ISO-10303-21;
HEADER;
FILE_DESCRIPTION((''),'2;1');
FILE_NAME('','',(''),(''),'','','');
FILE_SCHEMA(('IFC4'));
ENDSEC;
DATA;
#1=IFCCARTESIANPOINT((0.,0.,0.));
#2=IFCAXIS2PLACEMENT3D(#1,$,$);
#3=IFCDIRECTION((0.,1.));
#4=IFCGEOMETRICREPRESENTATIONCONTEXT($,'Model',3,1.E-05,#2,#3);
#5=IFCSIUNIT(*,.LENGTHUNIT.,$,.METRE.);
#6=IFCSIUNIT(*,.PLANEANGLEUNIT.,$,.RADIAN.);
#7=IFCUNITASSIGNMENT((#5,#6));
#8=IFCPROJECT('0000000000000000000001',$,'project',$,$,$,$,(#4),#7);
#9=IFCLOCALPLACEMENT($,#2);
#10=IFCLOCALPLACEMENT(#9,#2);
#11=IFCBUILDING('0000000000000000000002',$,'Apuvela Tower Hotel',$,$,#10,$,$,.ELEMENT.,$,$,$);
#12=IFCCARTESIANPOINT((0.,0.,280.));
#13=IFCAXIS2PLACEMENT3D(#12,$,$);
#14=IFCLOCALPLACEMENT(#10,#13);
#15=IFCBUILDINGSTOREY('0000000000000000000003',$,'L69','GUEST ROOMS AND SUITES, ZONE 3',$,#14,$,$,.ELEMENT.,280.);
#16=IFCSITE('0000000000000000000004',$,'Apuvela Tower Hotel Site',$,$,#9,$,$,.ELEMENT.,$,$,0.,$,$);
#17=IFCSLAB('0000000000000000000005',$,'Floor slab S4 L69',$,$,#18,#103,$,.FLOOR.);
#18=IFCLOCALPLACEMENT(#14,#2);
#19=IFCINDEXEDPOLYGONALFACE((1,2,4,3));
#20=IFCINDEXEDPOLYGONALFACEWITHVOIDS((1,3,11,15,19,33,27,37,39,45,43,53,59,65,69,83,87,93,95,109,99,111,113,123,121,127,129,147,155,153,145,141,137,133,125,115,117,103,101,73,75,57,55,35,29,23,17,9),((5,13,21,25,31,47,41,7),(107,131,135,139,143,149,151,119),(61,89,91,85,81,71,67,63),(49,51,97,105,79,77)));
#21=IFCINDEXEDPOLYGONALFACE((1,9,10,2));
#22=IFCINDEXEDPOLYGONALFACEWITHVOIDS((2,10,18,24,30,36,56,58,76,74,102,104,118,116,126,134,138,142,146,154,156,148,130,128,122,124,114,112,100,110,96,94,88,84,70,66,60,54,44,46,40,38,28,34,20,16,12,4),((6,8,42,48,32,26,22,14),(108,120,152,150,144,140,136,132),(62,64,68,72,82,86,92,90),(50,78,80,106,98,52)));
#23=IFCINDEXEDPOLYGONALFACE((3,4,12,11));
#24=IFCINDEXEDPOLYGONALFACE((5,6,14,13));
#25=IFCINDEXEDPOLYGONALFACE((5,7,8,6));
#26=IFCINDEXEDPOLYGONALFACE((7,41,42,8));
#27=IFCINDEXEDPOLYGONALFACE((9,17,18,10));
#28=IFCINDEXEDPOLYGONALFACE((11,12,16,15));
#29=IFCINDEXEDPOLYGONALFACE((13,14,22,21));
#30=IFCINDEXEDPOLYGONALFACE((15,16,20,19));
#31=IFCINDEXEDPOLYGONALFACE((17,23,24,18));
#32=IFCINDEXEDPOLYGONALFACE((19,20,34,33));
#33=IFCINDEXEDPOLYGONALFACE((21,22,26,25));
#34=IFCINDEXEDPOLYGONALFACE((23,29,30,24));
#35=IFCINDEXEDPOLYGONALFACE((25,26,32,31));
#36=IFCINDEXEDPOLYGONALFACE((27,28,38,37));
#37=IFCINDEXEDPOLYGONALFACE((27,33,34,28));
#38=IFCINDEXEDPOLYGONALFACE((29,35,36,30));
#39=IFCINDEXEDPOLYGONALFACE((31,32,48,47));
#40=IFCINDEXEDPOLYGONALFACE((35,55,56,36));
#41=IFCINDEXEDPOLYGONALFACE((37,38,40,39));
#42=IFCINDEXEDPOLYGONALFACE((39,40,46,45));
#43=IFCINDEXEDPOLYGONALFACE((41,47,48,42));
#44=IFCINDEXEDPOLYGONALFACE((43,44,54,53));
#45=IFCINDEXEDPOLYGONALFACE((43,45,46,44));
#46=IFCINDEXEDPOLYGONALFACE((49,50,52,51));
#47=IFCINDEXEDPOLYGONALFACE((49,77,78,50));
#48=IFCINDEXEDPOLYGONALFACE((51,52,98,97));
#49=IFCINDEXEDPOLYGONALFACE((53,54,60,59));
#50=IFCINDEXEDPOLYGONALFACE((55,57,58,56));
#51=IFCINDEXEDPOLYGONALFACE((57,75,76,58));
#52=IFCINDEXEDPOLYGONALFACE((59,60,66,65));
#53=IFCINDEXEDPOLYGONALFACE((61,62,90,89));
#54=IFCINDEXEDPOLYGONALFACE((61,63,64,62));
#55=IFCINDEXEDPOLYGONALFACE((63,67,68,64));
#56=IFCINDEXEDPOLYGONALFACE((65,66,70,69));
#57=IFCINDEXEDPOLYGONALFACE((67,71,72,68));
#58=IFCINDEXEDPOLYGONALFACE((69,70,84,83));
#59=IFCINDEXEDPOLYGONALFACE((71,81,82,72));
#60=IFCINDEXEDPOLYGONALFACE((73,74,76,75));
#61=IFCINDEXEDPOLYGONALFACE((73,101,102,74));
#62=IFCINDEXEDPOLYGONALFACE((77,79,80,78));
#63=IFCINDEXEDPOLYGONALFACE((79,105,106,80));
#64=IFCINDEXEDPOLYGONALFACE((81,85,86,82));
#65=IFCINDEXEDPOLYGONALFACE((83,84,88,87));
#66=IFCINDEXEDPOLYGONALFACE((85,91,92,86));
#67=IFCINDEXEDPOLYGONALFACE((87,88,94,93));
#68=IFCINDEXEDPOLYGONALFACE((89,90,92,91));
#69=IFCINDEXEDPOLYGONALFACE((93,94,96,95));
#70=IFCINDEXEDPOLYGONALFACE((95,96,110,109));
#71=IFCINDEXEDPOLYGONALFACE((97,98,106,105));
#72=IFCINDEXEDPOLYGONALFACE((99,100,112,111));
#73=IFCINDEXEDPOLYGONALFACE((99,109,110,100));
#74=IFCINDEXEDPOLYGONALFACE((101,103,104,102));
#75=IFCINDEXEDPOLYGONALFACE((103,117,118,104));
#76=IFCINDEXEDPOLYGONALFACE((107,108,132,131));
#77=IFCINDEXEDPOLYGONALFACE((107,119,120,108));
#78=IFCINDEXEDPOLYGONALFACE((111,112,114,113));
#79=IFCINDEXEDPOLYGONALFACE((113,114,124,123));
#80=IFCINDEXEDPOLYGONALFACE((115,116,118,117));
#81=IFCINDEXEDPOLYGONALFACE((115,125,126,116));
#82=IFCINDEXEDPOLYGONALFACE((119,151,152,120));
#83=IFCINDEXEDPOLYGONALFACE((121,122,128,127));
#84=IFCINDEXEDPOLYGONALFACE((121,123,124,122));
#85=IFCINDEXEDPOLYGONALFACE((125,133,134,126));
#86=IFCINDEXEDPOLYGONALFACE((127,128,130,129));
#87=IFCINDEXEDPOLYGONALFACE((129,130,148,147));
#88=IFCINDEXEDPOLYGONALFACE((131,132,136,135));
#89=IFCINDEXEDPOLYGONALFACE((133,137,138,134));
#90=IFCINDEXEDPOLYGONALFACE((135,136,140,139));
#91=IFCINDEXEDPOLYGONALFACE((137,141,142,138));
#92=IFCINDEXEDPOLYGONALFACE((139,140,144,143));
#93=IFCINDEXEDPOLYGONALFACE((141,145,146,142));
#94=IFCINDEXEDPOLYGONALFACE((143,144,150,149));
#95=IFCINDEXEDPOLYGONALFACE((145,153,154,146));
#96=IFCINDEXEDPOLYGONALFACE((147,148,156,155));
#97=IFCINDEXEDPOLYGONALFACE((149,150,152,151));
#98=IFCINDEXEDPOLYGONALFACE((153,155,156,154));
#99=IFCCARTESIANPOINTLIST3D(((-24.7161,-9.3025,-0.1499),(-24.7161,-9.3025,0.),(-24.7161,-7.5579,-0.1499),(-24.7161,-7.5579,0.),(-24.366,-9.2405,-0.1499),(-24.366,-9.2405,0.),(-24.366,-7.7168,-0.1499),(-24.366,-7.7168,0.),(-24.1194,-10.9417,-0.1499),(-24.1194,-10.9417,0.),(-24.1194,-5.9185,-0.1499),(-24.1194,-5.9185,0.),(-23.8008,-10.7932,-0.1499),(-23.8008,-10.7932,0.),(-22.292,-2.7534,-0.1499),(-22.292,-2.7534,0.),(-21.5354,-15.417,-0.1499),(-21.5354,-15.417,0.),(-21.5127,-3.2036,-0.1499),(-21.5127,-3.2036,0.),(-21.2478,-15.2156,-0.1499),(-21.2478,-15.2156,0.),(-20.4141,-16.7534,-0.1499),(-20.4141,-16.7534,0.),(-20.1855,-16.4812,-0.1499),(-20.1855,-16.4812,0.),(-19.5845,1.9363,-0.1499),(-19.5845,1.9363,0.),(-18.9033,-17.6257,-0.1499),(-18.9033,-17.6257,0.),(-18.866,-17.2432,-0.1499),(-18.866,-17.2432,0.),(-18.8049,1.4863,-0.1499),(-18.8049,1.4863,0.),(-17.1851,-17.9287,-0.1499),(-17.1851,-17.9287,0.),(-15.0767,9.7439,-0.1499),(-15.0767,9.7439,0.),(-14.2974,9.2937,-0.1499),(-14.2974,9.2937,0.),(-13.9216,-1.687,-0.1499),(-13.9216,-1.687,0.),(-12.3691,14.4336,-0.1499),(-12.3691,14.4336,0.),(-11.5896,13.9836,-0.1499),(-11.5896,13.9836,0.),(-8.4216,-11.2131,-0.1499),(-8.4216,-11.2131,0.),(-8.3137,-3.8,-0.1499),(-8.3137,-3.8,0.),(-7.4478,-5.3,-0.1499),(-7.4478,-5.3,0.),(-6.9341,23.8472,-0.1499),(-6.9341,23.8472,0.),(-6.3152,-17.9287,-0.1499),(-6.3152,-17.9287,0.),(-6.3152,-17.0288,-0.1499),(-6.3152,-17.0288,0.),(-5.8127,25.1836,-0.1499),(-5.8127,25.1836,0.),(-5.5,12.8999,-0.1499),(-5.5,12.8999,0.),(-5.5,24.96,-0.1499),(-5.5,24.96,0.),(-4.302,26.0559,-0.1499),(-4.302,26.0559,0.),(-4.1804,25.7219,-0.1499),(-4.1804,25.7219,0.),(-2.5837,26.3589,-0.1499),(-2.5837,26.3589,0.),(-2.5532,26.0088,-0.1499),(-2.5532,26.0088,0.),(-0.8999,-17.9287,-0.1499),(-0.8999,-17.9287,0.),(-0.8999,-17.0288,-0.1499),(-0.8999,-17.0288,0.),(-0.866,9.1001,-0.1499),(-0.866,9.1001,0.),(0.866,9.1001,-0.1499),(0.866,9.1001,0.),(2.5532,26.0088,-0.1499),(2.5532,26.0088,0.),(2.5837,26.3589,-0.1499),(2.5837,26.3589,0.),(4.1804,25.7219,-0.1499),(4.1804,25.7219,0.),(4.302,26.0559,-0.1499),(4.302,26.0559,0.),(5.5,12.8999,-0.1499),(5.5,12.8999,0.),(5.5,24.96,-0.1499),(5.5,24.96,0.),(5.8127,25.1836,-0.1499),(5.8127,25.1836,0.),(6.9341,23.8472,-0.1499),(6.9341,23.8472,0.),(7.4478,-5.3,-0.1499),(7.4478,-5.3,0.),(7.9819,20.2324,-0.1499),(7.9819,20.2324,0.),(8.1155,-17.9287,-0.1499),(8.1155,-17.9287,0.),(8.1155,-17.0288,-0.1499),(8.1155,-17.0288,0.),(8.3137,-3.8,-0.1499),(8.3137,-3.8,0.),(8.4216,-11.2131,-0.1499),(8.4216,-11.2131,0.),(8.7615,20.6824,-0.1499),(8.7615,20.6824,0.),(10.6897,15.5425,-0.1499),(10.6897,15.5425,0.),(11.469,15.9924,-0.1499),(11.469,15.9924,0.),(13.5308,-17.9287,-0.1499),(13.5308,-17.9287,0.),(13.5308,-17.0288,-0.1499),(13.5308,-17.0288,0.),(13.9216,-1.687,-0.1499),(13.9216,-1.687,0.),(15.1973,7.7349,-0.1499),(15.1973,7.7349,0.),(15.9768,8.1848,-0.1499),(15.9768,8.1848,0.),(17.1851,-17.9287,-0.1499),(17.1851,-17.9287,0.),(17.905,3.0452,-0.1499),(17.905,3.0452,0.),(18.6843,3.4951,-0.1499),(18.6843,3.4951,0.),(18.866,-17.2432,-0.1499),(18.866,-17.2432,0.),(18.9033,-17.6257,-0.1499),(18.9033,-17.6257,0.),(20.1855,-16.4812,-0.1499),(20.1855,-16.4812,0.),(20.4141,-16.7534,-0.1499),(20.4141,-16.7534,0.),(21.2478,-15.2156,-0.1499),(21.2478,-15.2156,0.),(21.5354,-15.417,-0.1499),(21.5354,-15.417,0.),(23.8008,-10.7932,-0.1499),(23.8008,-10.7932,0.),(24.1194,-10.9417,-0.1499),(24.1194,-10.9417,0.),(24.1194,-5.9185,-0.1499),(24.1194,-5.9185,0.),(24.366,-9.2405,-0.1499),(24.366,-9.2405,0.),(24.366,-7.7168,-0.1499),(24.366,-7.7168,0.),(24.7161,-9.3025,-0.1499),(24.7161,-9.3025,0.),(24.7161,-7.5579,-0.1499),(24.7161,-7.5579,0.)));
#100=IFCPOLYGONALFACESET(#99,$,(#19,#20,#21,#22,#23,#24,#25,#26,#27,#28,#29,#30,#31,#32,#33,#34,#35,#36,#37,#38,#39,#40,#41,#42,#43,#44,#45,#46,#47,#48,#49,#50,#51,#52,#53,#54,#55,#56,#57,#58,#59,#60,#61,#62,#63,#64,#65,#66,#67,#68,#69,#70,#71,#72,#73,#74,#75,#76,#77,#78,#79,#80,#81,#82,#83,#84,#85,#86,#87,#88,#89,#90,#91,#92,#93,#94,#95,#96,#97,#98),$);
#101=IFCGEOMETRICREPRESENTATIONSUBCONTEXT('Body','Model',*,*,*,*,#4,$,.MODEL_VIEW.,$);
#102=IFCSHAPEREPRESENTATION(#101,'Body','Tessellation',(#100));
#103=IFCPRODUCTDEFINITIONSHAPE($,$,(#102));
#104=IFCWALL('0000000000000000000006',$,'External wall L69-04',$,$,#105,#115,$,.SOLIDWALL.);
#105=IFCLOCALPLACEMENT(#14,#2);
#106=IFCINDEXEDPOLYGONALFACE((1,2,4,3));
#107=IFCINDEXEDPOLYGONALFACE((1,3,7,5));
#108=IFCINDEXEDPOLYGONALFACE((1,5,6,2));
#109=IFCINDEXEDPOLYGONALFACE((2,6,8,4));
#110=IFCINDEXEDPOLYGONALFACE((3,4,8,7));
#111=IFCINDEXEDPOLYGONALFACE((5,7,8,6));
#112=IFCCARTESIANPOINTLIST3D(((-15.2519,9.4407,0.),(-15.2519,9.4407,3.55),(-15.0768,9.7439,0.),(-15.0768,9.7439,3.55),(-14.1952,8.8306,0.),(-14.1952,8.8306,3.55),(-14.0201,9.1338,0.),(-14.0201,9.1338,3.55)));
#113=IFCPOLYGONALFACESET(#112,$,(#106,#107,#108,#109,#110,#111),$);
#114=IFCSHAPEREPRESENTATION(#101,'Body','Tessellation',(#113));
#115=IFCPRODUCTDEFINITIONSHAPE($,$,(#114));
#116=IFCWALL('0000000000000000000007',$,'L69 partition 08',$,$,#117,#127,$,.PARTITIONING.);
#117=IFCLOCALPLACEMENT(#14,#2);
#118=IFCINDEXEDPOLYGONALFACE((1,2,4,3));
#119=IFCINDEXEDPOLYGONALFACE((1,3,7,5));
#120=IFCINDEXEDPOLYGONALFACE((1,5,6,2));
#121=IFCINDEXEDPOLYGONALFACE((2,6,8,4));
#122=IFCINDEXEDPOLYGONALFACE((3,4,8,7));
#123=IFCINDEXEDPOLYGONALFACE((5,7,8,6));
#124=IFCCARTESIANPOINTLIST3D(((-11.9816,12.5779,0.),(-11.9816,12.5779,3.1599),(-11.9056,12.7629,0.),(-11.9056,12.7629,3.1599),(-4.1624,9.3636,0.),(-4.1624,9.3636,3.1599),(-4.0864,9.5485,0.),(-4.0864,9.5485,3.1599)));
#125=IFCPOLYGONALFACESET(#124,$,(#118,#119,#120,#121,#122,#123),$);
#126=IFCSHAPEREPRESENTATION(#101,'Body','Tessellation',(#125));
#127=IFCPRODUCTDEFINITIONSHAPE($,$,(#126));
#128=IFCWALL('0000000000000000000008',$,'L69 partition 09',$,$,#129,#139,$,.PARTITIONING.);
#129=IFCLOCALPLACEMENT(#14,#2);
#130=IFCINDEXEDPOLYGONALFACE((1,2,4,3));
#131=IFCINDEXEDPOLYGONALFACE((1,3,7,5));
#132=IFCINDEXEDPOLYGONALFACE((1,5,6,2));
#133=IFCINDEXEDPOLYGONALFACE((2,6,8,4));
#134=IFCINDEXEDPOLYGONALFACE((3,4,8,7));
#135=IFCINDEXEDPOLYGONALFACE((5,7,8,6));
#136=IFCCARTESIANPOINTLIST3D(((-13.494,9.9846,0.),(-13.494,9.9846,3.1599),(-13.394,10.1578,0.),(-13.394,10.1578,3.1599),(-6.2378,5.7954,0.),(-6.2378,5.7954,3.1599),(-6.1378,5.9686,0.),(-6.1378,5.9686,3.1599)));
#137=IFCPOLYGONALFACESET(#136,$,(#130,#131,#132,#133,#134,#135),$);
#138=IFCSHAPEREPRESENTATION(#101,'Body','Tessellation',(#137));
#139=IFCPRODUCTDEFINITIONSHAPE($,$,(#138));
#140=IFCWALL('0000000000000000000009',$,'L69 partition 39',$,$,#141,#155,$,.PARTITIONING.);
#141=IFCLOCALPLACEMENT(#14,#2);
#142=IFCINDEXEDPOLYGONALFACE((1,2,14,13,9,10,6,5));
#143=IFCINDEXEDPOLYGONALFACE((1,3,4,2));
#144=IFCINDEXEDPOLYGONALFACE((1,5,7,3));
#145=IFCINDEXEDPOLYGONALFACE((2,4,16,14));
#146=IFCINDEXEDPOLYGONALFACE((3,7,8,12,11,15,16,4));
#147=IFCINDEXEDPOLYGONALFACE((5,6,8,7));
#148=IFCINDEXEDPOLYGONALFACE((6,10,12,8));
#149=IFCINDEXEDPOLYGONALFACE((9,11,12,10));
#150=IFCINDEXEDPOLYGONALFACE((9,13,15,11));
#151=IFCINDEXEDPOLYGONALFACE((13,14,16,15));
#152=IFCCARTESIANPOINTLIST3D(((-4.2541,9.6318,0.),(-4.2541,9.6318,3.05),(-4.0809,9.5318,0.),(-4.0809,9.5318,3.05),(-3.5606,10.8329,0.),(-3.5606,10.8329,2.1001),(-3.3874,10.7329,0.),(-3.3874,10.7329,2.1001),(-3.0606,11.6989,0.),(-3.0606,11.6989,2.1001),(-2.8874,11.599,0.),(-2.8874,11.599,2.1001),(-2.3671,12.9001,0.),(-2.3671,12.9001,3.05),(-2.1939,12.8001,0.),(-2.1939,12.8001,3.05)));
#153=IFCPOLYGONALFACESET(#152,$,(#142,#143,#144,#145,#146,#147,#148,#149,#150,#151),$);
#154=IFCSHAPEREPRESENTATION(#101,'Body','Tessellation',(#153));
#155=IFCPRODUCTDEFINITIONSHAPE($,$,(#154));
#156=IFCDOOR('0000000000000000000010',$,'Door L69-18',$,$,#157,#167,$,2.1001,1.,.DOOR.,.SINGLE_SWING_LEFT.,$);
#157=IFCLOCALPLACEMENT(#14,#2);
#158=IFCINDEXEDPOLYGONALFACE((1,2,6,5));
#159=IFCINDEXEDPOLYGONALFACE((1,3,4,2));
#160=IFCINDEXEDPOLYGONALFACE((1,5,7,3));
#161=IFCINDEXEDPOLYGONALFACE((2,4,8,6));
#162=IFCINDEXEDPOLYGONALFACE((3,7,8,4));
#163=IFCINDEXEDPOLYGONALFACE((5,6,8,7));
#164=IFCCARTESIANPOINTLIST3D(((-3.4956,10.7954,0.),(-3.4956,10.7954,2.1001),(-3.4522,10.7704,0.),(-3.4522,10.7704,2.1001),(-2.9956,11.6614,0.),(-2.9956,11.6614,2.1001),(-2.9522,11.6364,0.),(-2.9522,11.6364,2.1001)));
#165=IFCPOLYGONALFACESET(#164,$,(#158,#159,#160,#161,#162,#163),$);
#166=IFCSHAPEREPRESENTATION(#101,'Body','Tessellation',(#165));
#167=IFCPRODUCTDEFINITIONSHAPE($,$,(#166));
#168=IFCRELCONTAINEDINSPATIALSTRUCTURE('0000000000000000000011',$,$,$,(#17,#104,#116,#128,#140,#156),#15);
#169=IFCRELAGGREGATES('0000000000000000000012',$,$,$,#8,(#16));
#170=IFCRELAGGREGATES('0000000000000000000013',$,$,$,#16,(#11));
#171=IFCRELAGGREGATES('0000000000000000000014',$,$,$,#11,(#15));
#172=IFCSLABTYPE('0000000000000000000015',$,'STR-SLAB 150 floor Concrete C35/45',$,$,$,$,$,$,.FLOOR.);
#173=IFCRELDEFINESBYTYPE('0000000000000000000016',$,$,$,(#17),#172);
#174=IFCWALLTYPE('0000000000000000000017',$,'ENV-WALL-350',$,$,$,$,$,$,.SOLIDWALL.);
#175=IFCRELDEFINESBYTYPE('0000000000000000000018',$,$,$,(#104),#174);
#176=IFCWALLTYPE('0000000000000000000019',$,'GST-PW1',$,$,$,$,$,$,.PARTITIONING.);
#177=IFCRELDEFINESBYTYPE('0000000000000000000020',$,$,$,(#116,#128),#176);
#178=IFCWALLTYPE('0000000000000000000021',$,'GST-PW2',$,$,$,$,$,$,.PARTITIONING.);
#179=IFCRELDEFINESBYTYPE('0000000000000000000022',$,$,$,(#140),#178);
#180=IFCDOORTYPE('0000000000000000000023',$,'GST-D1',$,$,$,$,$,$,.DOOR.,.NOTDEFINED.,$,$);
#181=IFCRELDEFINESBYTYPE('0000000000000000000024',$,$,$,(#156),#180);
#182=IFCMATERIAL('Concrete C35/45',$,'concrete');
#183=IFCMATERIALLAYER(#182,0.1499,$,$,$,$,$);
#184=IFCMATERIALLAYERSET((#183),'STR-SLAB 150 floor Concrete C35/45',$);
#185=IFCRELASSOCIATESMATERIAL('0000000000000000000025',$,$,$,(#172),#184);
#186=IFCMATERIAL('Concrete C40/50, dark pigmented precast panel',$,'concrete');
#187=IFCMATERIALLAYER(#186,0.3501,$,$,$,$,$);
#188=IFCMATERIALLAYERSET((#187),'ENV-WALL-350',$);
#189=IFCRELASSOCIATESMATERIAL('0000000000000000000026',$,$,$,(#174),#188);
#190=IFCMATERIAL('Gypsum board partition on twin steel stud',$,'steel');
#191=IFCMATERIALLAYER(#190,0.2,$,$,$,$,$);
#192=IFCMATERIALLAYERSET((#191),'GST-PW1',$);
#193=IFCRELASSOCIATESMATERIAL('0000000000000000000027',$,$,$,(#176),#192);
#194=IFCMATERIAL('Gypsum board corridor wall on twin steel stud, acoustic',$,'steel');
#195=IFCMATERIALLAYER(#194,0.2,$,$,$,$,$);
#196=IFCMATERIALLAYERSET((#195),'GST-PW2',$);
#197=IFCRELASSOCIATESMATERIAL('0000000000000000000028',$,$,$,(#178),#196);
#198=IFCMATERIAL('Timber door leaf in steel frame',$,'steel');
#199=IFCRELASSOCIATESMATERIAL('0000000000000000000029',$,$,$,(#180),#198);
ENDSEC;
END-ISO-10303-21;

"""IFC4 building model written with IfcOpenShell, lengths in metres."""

from ifc_helpers import new_model, si_unit, direction, frame, frame_2d, origin, place, context, subcontext, project, spatial, polyline, rectangle, outline, extrude, material, layer, layer_set, type_object, element, fill, save


model = new_model("IFC4")

# Units and contexts
model_context = context("Model", 3, precision=1e-05, world=origin(), true_north=direction((0.0, 1.0)))
body_context = subcontext(model_context, "Body", "Model", "MODEL_VIEW")
ifc_project = project(units=[si_unit("LENGTHUNIT", "METRE"), si_unit("PLANEANGLEUNIT", "RADIAN")], contexts=[model_context])

# Site, building, storey
site_placement = place(None, origin())
site = spatial("IfcSite", under=ifc_project, at=site_placement, Name="Apuvela Tower Hotel Site", CompositionType="ELEMENT", RefElevation=0.0)
building_placement = place(site_placement, origin())
building = spatial("IfcBuilding", under=site, at=building_placement, Name="Apuvela Tower Hotel", CompositionType="ELEMENT")
storey_placement = place(building_placement, frame((0.0, 0.0, 280.0)))
storey = spatial("IfcBuildingStorey", under=building, at=storey_placement, Name="L69", Description="GUEST ROOMS AND SUITES, ZONE 3", CompositionType="ELEMENT", Elevation=280.0)

# Slab
ifc_material_1 = material(Name="Concrete C35/45", Category="concrete")
ifc_layer_1 = layer(ifc_material_1, 0.1499)
ifc_layer_set_1 = layer_set([ifc_layer_1], Name="STR-SLAB 150 floor Concrete C35/45")
slab_type_1 = type_object("IfcSlabType", Name="STR-SLAB 150 floor Concrete C35/45", PredefinedType="FLOOR", material=ifc_layer_set_1)
slab_1_placement = place(storey_placement, frame((0.0, 0.0, -0.1499)))
element("IfcSlab", 1, at=slab_1_placement, inside=storey, type_object=slab_type_1, Name="Floor slab S4 L69", PredefinedType="FLOOR", context=body_context, shape_type="SweptSolid", body=[
    extrude(outline(polyline([(-5.8127, 25.1836), (-4.302, 26.0559), (-2.5837, 26.3589), (2.5837, 26.3589), (4.302, 26.0559), (5.8127, 25.1836), (6.9341, 23.8472), (8.7615, 20.6824), (7.9819, 20.2324), (10.6897, 15.5425), (11.469, 15.9924), (15.9768, 8.1848), (15.1973, 7.7349), (17.905, 3.0452), (18.6843, 3.4951), (24.1194, -5.9185), (24.7161, -7.5579), (24.7161, -9.3025), (24.1194, -10.9417), (21.5354, -15.417), (20.4141, -16.7534), (18.9033, -17.6257), (17.1851, -17.9287), (13.5308, -17.9287), (13.5308, -17.0288), (8.1155, -17.0288), (8.1155, -17.9287), (-0.8999, -17.9287), (-0.8999, -17.0288), (-6.3152, -17.0288), (-6.3152, -17.9287), (-17.1851, -17.9287), (-18.9033, -17.6257), (-20.4141, -16.7534), (-21.5354, -15.417), (-24.1194, -10.9417), (-24.7161, -9.3025), (-24.7161, -7.5579), (-24.1194, -5.9185), (-22.292, -2.7534), (-21.5127, -3.2036), (-18.8049, 1.4863), (-19.5845, 1.9363), (-15.0767, 9.7439), (-14.2974, 9.2937), (-11.5896, 13.9836), (-12.3691, 14.4336), (-6.9341, 23.8472), (-5.8127, 25.1836)]), holes=[polyline([(0.866, 9.1001), (-0.866, 9.1001), (-8.3137, -3.8), (-7.4478, -5.3), (7.4478, -5.3), (8.3137, -3.8), (0.866, 9.1001)]), polyline([(-5.5, 12.8999), (-5.5, 24.96), (-4.1804, 25.7219), (-2.5532, 26.0088), (2.5532, 26.0088), (4.1804, 25.7219), (5.5, 24.96), (5.5, 12.8999), (-5.5, 12.8999)]), polyline([(-8.4216, -11.2131), (-18.866, -17.2432), (-20.1855, -16.4812), (-21.2478, -15.2156), (-23.8008, -10.7932), (-24.366, -9.2405), (-24.366, -7.7168), (-13.9216, -1.687), (-8.4216, -11.2131)]), polyline([(13.9216, -1.687), (24.366, -7.7168), (24.366, -9.2405), (23.8008, -10.7932), (21.2478, -15.2156), (20.1855, -16.4812), (18.866, -17.2432), (8.4216, -11.2131), (13.9216, -1.687)])]), origin(), (0.0, 0.0, 1.0), 0.1499),
])

# Walls
ifc_material_2 = material(Name="Concrete C40/50, dark pigmented precast panel", Category="concrete")
ifc_layer_2 = layer(ifc_material_2, 0.3501)
ifc_layer_set_2 = layer_set([ifc_layer_2], Name="ENV-WALL-350")
wall_type_1 = type_object("IfcWallType", Name="ENV-WALL-350", PredefinedType="SOLIDWALL", material=ifc_layer_set_2)
wall_1_placement = place(storey_placement, frame((-14.1077, 8.9822, 0.0), z_axis=(0.0, 0.0, 1.0), x_axis=(-0.866006, 0.500034, 0.0)))
element("IfcWall", 2, at=wall_1_placement, inside=storey, type_object=wall_type_1, Name="External wall L69-04", PredefinedType="SOLIDWALL", context=body_context, shape_type="SweptSolid", body=[
    extrude(rectangle(XDim=1.2202, YDim=0.3501, at=frame_2d((0.6101, 0.0))), origin(), (0.0, 0.0, 1.0), 3.55),
])
ifc_material_3 = material(Name="Gypsum board partition on twin steel stud", Category="steel")
ifc_layer_3 = layer(ifc_material_3, 0.2)
ifc_layer_set_3 = layer_set([ifc_layer_3], Name="GST-PW1")
wall_type_2 = type_object("IfcWallType", Name="GST-PW1", PredefinedType="PARTITIONING", material=ifc_layer_set_3)
wall_2_placement = place(storey_placement, frame((-11.9436, 12.6704, 0.0), z_axis=(0.0, 0.0, 1.0), x_axis=(0.924897, -0.380217, 0.0)))
element("IfcWall", 3, at=wall_2_placement, inside=storey, type_object=wall_type_2, Name="L69 partition 08", PredefinedType="PARTITIONING", context=body_context, shape_type="SweptSolid", body=[
    extrude(rectangle(XDim=8.4541, YDim=0.2, at=frame_2d((4.2271, 0.0))), origin(), (0.0, 0.0, 1.0), 3.1599),
])
wall_3_placement = place(storey_placement, frame((-13.4441, 10.0713, 0.0), z_axis=(0.0, 0.0, 1.0), x_axis=(0.866031, -0.499991, 0.0)))
element("IfcWall", 4, at=wall_3_placement, inside=storey, type_object=wall_type_2, Name="L69 partition 09", PredefinedType="PARTITIONING", context=body_context, shape_type="SweptSolid", body=[
    extrude(rectangle(XDim=8.3787, YDim=0.2, at=frame_2d((4.1895, 0.0))), origin(), (0.0, 0.0, 1.0), 3.1599),
])

# Wall, opening, door
ifc_material_4 = material(Name="Gypsum board corridor wall on twin steel stud, acoustic", Category="steel")
ifc_layer_4 = layer(ifc_material_4, 0.2)
ifc_layer_set_4 = layer_set([ifc_layer_4], Name="GST-PW2")
wall_type_3 = type_object("IfcWallType", Name="GST-PW2", PredefinedType="PARTITIONING", material=ifc_layer_set_4)
wall_4_placement = place(storey_placement, frame((-4.1675, 9.5818, 0.0), z_axis=(0.0, 0.0, 1.0), x_axis=(0.500001, 0.866025, 0.0)))
wall_4 = element("IfcWall", 5, at=wall_4_placement, inside=storey, type_object=wall_type_3, Name="L69 partition 39", PredefinedType="PARTITIONING", context=body_context, shape_type="SweptSolid", body=[
    extrude(rectangle(XDim=3.7739, YDim=0.2, at=frame_2d((1.887, 0.0))), origin(), (0.0, 0.0, 1.0), 3.05),
])
opening_1_placement = place(wall_4_placement, frame((1.387, 0.0, 0.0)))
opening_1 = element("IfcOpeningElement", 6, at=opening_1_placement, cuts=wall_4, PredefinedType="OPENING", context=body_context, shape_type="SweptSolid", body=[
    extrude(rectangle(XDim=1.0, YDim=2.1001, at=frame_2d((0.5, 1.05))), frame((0.0, 0.1099, 0.0), z_axis=(0.0, -1.0, 0.0), x_axis=(1.0, 0.0, 0.0)), (0.0, 0.0, 1.0), 0.22),
])
ifc_material_5 = material(Name="Timber door leaf in steel frame", Category="steel")
door_type_1 = type_object("IfcDoorType", Name="GST-D1", OperationType="NOTDEFINED", PredefinedType="DOOR", material=ifc_material_5)
door_1_placement = place(opening_1_placement, origin())
door_1 = element("IfcDoor", 7, at=door_1_placement, inside=storey, type_object=door_type_1, Name="Door L69-18", OperationType="SINGLE_SWING_LEFT", OverallHeight=2.1001, OverallWidth=1.0, PredefinedType="DOOR", context=body_context, shape_type="SweptSolid", body=[
    extrude(rectangle(XDim=1.0, YDim=2.1001, at=frame_2d((0.5, 1.05))), frame((0.0, 0.0249, 0.0), z_axis=(0.0, -1.0, 0.0), x_axis=(1.0, 0.0, 0.0)), (0.0, 0.0, 1.0), 0.05),
])
fill(opening_1, door_1)

save(model, "model.ifc")
